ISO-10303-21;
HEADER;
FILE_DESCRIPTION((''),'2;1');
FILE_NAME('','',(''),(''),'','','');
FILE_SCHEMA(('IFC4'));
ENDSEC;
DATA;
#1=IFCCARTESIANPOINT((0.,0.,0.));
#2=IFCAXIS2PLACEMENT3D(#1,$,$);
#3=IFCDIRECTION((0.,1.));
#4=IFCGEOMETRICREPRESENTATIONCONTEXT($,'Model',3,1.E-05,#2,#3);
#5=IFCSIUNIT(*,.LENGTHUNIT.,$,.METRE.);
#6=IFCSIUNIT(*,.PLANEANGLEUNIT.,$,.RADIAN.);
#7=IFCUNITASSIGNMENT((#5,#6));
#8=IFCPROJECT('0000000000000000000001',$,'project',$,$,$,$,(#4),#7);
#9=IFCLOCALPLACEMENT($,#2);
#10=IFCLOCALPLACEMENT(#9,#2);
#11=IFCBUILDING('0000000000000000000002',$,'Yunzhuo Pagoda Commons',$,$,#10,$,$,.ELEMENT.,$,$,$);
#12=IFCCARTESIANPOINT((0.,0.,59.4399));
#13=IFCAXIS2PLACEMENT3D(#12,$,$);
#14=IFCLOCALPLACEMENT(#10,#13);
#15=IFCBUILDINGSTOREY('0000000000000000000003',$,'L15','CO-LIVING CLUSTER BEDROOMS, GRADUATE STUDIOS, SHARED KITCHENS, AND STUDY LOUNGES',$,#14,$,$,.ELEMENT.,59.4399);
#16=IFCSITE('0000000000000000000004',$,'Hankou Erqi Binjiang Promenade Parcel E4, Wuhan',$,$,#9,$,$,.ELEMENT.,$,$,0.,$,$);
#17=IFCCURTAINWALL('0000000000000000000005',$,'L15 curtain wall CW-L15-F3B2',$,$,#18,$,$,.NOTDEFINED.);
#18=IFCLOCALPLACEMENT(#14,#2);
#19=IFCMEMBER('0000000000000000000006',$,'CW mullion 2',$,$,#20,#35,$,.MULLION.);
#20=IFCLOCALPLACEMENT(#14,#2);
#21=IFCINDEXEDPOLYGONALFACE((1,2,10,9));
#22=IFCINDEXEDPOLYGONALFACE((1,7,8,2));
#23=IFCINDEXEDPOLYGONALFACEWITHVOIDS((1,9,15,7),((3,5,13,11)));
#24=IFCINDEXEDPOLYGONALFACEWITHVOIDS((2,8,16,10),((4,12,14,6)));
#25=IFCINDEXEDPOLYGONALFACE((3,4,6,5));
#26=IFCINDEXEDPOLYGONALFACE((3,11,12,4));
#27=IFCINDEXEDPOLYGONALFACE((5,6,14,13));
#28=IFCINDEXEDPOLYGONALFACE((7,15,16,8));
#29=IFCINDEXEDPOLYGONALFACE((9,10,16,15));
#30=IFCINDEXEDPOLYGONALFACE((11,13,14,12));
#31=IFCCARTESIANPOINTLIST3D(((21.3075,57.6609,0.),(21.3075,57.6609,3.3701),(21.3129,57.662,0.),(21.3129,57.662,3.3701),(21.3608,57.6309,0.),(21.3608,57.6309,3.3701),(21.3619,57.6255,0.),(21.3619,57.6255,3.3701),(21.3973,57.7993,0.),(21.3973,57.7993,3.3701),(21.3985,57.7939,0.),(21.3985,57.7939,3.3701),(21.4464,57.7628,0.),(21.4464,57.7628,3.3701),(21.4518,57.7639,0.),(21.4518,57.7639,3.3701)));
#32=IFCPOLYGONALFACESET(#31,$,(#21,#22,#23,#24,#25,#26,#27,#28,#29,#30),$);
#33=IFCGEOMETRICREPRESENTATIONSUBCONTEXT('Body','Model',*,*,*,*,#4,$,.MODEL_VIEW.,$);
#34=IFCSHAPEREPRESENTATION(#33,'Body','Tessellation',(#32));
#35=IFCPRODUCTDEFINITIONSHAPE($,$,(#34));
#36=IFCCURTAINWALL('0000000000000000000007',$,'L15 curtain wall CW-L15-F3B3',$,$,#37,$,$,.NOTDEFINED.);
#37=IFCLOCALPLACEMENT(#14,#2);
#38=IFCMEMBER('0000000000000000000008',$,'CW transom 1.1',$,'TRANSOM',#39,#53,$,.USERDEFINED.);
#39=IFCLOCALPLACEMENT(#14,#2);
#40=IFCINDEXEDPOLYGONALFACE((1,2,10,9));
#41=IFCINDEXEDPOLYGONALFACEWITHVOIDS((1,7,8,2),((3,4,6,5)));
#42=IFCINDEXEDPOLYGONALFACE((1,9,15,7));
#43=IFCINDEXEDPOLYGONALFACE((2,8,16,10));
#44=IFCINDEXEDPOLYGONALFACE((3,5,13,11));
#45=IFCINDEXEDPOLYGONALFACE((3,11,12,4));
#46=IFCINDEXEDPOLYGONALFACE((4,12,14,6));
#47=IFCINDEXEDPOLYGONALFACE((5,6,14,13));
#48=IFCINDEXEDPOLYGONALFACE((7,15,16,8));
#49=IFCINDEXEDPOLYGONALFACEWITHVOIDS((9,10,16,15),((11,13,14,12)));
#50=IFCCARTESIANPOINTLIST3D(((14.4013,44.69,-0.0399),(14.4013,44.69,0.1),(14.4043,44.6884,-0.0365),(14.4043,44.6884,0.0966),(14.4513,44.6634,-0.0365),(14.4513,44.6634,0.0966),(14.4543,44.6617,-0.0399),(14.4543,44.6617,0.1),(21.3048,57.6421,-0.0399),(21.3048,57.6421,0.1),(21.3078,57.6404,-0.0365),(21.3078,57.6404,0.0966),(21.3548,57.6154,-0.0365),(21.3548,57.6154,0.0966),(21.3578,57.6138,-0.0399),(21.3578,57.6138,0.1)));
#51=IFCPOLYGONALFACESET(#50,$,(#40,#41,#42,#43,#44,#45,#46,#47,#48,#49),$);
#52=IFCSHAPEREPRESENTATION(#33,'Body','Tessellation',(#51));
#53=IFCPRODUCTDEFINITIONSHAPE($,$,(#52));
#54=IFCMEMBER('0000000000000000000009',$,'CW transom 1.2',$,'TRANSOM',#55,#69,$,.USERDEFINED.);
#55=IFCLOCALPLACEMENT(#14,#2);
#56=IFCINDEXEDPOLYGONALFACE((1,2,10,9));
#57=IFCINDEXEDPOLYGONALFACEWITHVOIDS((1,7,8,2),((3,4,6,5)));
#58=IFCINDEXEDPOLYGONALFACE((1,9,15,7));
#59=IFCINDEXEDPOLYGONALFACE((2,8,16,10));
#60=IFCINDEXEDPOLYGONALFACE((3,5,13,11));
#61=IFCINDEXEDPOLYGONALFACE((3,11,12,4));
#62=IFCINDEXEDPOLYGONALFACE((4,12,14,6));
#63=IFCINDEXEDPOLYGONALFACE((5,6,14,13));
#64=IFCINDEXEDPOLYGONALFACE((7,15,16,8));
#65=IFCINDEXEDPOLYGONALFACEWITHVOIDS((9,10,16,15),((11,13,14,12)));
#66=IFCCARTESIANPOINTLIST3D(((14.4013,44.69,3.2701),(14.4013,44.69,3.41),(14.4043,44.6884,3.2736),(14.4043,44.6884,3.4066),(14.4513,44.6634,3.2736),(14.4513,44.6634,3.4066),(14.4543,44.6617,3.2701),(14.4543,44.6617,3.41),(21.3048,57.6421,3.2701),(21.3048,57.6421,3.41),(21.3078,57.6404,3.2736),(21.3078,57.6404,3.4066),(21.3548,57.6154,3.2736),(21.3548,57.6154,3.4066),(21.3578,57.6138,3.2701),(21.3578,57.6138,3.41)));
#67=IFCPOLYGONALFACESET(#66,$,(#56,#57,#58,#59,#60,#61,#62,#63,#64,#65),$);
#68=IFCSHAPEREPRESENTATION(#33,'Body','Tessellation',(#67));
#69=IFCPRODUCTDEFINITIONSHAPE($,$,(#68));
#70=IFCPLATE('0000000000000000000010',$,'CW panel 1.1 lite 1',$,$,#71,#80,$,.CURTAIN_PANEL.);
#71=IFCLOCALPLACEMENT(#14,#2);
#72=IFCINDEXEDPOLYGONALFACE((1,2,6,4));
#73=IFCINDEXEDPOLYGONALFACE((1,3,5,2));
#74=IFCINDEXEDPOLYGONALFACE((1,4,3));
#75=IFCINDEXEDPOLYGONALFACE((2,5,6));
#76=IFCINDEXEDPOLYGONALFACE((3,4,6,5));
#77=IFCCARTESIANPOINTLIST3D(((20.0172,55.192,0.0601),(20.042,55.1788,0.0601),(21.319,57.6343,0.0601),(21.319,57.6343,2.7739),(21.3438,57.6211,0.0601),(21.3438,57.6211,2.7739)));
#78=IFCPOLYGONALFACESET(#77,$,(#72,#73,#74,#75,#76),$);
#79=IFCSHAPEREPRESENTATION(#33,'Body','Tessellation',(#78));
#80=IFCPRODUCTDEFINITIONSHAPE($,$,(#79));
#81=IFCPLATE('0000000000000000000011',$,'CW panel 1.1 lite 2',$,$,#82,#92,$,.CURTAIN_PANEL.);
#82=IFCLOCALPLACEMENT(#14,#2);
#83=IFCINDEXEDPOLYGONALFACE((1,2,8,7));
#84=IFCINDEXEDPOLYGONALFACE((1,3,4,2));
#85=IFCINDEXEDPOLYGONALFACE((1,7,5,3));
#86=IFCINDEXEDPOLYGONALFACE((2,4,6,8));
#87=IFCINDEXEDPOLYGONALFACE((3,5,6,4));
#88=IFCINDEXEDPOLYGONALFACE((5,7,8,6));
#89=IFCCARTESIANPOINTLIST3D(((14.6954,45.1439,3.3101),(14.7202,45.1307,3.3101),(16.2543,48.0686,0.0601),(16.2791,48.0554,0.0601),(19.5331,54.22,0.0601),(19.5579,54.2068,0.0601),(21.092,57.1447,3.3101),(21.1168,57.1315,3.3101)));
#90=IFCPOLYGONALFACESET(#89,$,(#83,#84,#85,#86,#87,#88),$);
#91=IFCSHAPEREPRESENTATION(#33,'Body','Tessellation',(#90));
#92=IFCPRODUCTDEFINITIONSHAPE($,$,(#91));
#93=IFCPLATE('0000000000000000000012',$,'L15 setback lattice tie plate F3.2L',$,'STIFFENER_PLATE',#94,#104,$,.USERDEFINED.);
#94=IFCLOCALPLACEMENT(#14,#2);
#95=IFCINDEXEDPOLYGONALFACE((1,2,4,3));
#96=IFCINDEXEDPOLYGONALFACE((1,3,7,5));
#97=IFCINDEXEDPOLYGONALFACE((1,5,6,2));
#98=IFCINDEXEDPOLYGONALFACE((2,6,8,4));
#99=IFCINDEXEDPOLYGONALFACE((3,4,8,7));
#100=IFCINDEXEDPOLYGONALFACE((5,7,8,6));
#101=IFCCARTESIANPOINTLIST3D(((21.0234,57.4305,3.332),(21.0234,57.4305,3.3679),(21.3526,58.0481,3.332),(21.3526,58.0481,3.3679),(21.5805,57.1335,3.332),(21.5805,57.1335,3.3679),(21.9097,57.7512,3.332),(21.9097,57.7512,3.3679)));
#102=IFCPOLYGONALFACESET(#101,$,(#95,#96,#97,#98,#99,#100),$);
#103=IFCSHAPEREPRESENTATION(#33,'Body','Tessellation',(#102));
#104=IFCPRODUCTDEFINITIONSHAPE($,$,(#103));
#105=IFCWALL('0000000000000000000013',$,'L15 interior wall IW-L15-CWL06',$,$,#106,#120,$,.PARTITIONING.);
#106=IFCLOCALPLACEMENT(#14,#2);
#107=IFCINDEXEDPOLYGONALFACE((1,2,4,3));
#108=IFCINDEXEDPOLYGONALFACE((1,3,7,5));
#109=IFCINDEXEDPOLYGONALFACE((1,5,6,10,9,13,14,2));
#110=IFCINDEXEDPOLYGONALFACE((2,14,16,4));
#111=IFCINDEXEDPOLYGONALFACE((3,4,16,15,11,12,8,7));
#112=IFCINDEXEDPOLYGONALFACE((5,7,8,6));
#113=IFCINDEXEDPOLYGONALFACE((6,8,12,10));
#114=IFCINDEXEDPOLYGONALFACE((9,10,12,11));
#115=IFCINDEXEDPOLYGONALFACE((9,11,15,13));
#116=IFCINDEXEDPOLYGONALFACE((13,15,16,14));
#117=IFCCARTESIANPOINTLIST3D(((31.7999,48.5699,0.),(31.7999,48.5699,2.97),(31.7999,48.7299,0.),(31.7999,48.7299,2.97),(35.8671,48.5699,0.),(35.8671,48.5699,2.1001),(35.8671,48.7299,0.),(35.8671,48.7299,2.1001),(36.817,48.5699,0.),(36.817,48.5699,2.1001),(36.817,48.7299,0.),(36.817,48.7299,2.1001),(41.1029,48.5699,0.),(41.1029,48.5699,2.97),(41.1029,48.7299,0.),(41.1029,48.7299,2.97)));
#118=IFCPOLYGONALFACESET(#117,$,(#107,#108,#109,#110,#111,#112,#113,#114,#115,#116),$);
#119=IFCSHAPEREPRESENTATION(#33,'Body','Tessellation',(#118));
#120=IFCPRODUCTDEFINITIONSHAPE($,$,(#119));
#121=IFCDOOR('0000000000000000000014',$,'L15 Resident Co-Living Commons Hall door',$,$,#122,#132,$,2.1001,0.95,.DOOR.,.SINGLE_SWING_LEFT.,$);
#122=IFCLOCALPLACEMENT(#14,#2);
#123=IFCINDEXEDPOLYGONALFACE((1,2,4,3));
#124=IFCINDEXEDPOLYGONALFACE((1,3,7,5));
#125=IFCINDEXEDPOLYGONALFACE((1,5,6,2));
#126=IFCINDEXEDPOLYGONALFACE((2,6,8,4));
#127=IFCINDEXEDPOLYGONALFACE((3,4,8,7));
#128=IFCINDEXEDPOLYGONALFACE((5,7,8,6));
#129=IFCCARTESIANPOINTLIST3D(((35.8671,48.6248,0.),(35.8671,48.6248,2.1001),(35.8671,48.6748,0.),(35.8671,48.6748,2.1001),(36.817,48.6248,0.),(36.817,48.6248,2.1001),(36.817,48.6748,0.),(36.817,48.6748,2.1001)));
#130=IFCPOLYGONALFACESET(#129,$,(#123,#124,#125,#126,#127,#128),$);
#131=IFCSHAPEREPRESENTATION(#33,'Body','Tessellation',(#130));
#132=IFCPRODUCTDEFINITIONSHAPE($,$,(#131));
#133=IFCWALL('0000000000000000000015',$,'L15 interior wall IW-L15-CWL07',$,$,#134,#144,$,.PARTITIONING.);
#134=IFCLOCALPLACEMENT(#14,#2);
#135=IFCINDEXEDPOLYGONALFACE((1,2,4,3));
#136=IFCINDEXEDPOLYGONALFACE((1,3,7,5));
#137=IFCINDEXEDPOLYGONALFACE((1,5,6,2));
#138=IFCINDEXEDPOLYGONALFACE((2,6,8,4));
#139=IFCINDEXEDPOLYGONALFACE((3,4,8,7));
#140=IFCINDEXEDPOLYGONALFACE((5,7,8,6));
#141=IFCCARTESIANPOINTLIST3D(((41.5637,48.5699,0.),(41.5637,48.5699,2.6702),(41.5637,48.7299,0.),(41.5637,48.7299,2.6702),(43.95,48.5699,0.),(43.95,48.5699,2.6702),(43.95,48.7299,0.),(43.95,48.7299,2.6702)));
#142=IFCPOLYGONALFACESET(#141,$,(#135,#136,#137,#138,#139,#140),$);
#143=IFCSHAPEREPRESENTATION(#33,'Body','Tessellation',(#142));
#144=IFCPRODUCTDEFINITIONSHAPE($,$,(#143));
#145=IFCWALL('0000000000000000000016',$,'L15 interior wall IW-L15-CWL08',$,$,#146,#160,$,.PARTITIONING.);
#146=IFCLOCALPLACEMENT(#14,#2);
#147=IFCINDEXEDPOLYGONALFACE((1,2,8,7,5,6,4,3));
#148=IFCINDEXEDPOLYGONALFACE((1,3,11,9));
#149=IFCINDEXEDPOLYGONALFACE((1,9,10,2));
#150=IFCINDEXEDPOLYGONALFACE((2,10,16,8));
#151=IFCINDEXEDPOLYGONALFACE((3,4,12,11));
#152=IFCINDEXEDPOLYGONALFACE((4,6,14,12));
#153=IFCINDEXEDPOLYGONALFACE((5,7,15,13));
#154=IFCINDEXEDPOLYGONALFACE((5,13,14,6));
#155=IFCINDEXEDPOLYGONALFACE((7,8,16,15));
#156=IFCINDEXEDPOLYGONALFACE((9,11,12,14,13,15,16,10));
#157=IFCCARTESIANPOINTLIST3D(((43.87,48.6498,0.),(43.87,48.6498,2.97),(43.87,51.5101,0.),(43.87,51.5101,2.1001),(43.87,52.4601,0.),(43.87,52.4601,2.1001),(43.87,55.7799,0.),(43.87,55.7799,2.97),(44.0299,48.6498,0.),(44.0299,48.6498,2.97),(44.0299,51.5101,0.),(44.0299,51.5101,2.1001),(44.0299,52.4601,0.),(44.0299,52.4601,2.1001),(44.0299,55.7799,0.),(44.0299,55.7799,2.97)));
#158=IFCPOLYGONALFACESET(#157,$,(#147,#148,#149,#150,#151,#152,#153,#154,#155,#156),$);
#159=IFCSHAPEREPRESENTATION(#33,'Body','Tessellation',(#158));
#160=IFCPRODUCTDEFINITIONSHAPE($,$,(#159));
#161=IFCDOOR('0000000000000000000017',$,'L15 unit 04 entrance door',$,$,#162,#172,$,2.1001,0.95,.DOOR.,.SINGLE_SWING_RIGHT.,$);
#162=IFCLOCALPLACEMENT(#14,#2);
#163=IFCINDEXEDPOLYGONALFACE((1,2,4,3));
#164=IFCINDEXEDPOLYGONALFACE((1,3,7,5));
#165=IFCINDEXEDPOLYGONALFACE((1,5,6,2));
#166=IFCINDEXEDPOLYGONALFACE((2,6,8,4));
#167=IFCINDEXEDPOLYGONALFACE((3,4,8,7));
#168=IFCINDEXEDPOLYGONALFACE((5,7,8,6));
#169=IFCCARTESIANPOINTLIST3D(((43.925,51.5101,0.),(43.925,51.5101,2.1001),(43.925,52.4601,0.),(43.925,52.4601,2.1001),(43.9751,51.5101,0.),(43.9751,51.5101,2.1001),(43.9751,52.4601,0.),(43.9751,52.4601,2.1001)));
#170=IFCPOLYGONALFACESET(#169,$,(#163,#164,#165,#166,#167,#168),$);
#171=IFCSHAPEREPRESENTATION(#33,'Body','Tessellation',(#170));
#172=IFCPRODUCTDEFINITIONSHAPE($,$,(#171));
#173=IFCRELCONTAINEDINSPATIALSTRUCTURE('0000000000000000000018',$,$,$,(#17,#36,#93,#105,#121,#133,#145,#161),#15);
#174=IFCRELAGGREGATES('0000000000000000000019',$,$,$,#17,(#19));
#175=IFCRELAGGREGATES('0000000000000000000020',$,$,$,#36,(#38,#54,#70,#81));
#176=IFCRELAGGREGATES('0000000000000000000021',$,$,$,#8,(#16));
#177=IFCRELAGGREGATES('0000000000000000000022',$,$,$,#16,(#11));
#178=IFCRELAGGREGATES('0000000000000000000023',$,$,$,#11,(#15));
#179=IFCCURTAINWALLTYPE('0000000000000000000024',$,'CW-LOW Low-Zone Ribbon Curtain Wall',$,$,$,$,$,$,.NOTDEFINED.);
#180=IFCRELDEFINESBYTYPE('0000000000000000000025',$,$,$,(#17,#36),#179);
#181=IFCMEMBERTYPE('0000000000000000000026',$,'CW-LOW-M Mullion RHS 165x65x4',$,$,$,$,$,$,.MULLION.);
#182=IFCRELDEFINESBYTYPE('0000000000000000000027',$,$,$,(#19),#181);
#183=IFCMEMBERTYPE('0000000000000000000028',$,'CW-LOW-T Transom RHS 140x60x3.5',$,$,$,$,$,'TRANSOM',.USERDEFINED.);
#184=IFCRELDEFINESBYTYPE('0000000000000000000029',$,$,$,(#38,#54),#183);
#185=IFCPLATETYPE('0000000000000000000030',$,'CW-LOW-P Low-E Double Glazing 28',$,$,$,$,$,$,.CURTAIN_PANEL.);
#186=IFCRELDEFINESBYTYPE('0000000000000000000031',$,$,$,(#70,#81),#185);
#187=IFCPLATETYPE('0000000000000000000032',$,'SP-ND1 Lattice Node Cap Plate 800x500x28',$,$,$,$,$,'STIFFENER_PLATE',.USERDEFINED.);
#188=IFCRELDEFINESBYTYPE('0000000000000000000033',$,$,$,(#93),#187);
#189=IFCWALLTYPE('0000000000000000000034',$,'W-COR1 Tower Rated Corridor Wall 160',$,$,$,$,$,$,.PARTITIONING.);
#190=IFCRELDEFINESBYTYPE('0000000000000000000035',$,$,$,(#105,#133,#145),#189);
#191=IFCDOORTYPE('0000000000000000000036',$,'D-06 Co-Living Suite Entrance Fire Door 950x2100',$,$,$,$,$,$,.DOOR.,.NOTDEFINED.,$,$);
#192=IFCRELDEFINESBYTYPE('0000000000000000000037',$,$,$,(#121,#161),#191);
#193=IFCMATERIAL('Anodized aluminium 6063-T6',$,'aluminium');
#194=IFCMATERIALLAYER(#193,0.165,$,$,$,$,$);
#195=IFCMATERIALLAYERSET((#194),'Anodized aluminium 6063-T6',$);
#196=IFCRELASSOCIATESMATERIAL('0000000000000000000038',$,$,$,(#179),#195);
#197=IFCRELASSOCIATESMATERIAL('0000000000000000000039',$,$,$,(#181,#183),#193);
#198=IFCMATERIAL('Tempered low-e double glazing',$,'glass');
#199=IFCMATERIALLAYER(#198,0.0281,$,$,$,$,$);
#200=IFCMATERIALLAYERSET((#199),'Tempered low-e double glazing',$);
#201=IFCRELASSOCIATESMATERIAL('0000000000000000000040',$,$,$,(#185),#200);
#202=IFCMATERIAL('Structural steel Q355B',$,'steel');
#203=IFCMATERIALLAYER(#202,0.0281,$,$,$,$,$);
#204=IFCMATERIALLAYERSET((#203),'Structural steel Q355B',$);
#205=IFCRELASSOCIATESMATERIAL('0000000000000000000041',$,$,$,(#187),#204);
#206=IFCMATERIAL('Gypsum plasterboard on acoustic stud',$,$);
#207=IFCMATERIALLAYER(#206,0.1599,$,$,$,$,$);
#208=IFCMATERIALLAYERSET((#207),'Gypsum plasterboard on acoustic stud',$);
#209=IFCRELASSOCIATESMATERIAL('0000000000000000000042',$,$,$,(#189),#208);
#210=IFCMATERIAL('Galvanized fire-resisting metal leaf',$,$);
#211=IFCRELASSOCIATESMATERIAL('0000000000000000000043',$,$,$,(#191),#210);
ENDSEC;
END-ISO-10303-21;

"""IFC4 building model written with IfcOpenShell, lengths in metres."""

from ifc_helpers import new_model, si_unit, direction, frame, frame_2d, origin, origin_with_axes, origin_2d, place, context, subcontext, project, spatial, polyline, rectangle, hollow_rectangle, outline, extrude, source, transform, mapped, material, layer, layer_set, material_profile, profile_set, type_object, element, fill, aggregate, save


model = new_model("IFC4")

# Units and contexts
model_context = context("Model", 3, precision=1e-05, world=origin(), true_north=direction((0.0, 1.0)))
body_context = subcontext(model_context, "Body", "Model", "MODEL_VIEW")
ifc_project = project(units=[si_unit("LENGTHUNIT", "METRE"), si_unit("PLANEANGLEUNIT", "RADIAN")], contexts=[model_context])

# Site, building, storey
site_placement = place(None, origin())
site = spatial("IfcSite", under=ifc_project, at=site_placement, Name="Hankou Erqi Binjiang Promenade Parcel E4, Wuhan", CompositionType="ELEMENT", RefElevation=0.0)
building_placement = place(site_placement, origin())
building = spatial("IfcBuilding", under=site, at=building_placement, Name="Yunzhuo Pagoda Commons", CompositionType="ELEMENT")
storey_placement = place(building_placement, frame((0.0, 0.0, 59.4399)))
storey = spatial("IfcBuildingStorey", under=building, at=storey_placement, Name="L15", Description="CO-LIVING CLUSTER BEDROOMS, GRADUATE STUDIOS, SHARED KITCHENS, AND STUDY LOUNGES", CompositionType="ELEMENT", Elevation=59.4399)

# Shared definitions
ifc_material_1 = material(Name="Structural steel Q355B", Category="steel")

# Curtain wall, member
ifc_material_2 = material(Name="Anodized aluminium 6063-T6", Category="aluminium")
ifc_layer_1 = layer(ifc_material_2, 0.165)
ifc_layer_set_1 = layer_set([ifc_layer_1], Name="Anodized aluminium 6063-T6")
curtain_wall_type = type_object("IfcCurtainWallType", Name="CW-LOW Low-Zone Ribbon Curtain Wall", PredefinedType="NOTDEFINED", material=ifc_layer_set_1)
curtain_wall_1_placement = place(storey_placement, origin())
curtain_wall_1 = element("IfcCurtainWall", 1, at=curtain_wall_1_placement, inside=storey, type_object=curtain_wall_type, Name="L15 curtain wall CW-L15-F3B2", PredefinedType="NOTDEFINED")
ifc_material_profile_1 = material_profile(ifc_material_2, hollow_rectangle(XDim=0.0649, YDim=0.165, WallThickness=0.0039, at=origin_2d()), Name="Anodized aluminium 6063-T6")
ifc_profile_set_1 = profile_set([ifc_material_profile_1], Name="Anodized aluminium 6063-T6")
member_type_1 = type_object("IfcMemberType", Name="CW-LOW-M Mullion RHS 165x65x4", PredefinedType="MULLION", material=ifc_profile_set_1)
shared_shape_1 = source(origin(), body_context, "Body", "SweptSolid", [
    extrude(hollow_rectangle(XDim=0.0649, YDim=0.165, WallThickness=0.0039, at=origin_2d()), origin(), (0.0, 0.0, 1.0), 3.3701),
])
member_1_placement = place(storey_placement, frame((21.3796, 57.7124, 0.0), z_axis=(0.0, 0.0, 1.0), x_axis=(0.838777, -0.544476, 0.0)))
member_1 = element("IfcMember", 2, at=member_1_placement, type_object=member_type_1, Name="CW mullion 2", PredefinedType="MULLION", context=body_context, shape_type="MappedRepresentation", body=[
    mapped(shared_shape_1, transform((0.0, 0.0, 0.0), scale=1.0)),
])
aggregate(curtain_wall_1, [member_1])

# Curtain wall, members, plates
curtain_wall_2_placement = place(storey_placement, origin())
curtain_wall_2 = element("IfcCurtainWall", 3, at=curtain_wall_2_placement, inside=storey, type_object=curtain_wall_type, Name="L15 curtain wall CW-L15-F3B3", PredefinedType="NOTDEFINED")
ifc_material_profile_2 = material_profile(ifc_material_2, hollow_rectangle(XDim=0.0601, YDim=0.1399, WallThickness=0.0034, at=origin_2d()), Name="Anodized aluminium 6063-T6")
ifc_profile_set_2 = profile_set([ifc_material_profile_2], Name="Anodized aluminium 6063-T6")
member_type_2 = type_object("IfcMemberType", Name="CW-LOW-T Transom RHS 140x60x3.5", ElementType="TRANSOM", PredefinedType="USERDEFINED", material=ifc_profile_set_2)
shared_shape_2 = source(origin(), body_context, "Body", "SweptSolid", [
    extrude(hollow_rectangle(XDim=0.0601, YDim=0.1399, WallThickness=0.0034, at=origin_2d()), origin(), (0.0, 0.0, 1.0), 14.677),
])
member_2_placement = place(storey_placement, frame((21.3313, 57.6279, 0.03), z_axis=(-0.470363, -0.882473, 0.0), x_axis=(0.882473, -0.470363, 0.0)))
member_2 = element("IfcMember", 4, at=member_2_placement, type_object=member_type_2, Name="CW transom 1.1", ObjectType="TRANSOM", PredefinedType="USERDEFINED", context=body_context, shape_type="MappedRepresentation", body=[
    mapped(shared_shape_2, transform((0.0, 0.0, 0.0), scale=1.0)),
])
member_3_placement = place(storey_placement, frame((21.3313, 57.6279, 3.3401), z_axis=(-0.470363, -0.882473, 0.0), x_axis=(0.882473, -0.470363, 0.0)))
member_3 = element("IfcMember", 5, at=member_3_placement, type_object=member_type_2, Name="CW transom 1.2", ObjectType="TRANSOM", PredefinedType="USERDEFINED", context=body_context, shape_type="MappedRepresentation", body=[
    mapped(shared_shape_2, transform((0.0, 0.0, 0.0), scale=1.0)),
])
ifc_material_3 = material(Name="Tempered low-e double glazing", Category="glass")
ifc_layer_2 = layer(ifc_material_3, 0.0281)
ifc_layer_set_2 = layer_set([ifc_layer_2], Name="Tempered low-e double glazing")
plate_type_1 = type_object("IfcPlateType", Name="CW-LOW-P Low-E Double Glazing 28", PredefinedType="CURTAIN_PANEL", material=ifc_layer_set_2)
plate_1_placement = place(storey_placement, frame((20.6929, 56.3999, 1.417), z_axis=(-0.88247, 0.470369, 0.0), x_axis=(-0.470369, -0.88247, 0.0)))
plate_1 = element("IfcPlate", 6, at=plate_1_placement, type_object=plate_type_1, Name="CW panel 1.1 lite 1", PredefinedType="CURTAIN_PANEL", context=body_context, shape_type="SweptSolid", body=[
    extrude(outline(polyline([(-1.3838, -1.3569), (1.3838, -1.3569), (-1.3838, 1.3569), (-1.3838, -1.3569)])), origin(), (0.0, 0.0, 1.0), 0.0281),
])
plate_2_placement = place(storey_placement, frame((17.9185, 51.1311, 1.6851), z_axis=(-0.88247, 0.470369, 0.0), x_axis=(-0.470369, -0.88247, 0.0)))
plate_2 = element("IfcPlate", 7, at=plate_2_placement, type_object=plate_type_1, Name="CW panel 1.1 lite 2", PredefinedType="CURTAIN_PANEL", context=body_context, shape_type="SweptSolid", body=[
    extrude(outline(polyline([(-6.7996, 1.625), (-3.4854, -1.625), (3.4854, -1.625), (6.7996, 1.625), (-6.7996, 1.625)])), origin(), (0.0, 0.0, 1.0), 0.0281),
])
aggregate(curtain_wall_2, [member_2, member_3, plate_1, plate_2])

# Plate
ifc_layer_3 = layer(ifc_material_1, 0.0281)
ifc_layer_set_3 = layer_set([ifc_layer_3], Name="Structural steel Q355B")
plate_type_2 = type_object("IfcPlateType", Name="SP-ND1 Lattice Node Cap Plate 800x500x28", ElementType="STIFFENER_PLATE", PredefinedType="USERDEFINED", material=ifc_layer_set_3)
shared_shape_3 = source(origin(), body_context, "Body", "SweptSolid", [
    extrude(rectangle(XDim=0.7, YDim=0.6313, at=origin_2d()), origin(), (0.0, 0.0, 1.0), 0.0359),
])
plate_3_placement = place(storey_placement, frame((21.4666, 57.5908, 3.332), z_axis=(0.0, 0.0, 1.0), x_axis=(-0.470365, -0.882472, 0.0)))
element("IfcPlate", 8, at=plate_3_placement, inside=storey, type_object=plate_type_2, Name="L15 setback lattice tie plate F3.2L", ObjectType="STIFFENER_PLATE", PredefinedType="USERDEFINED", context=body_context, shape_type="MappedRepresentation", body=[
    mapped(shared_shape_3, transform((0.0, 0.0, 0.0), scale=1.0)),
])

# Wall, opening, door
ifc_material_4 = material(Name="Gypsum plasterboard on acoustic stud")
ifc_layer_4 = layer(ifc_material_4, 0.1599)
ifc_layer_set_4 = layer_set([ifc_layer_4], Name="Gypsum plasterboard on acoustic stud")
wall_type_1 = type_object("IfcWallType", Name="W-COR1 Tower Rated Corridor Wall 160", PredefinedType="PARTITIONING", material=ifc_layer_set_4)
wall_1_placement = place(storey_placement, frame((31.8, 48.6499, 0.0), z_axis=(0.0, 0.0, 1.0), x_axis=(1.0, 0.0, 0.0)))
wall_1 = element("IfcWall", 9, at=wall_1_placement, inside=storey, type_object=wall_type_1, Name="L15 interior wall IW-L15-CWL06", PredefinedType="PARTITIONING", context=body_context, shape_type="SweptSolid", body=[
    extrude(rectangle(XDim=9.303, YDim=0.1599, at=frame_2d((4.6514, 0.0))), origin(), (0.0, 0.0, 1.0), 2.97),
])
opening_1_placement = place(wall_1_placement, frame((4.0669, 0.0, 0.0)))
opening_1 = element("IfcOpeningElement", 10, at=opening_1_placement, cuts=wall_1, PredefinedType="OPENING", context=body_context, shape_type="SweptSolid", body=[
    extrude(rectangle(XDim=0.95, YDim=2.1001, at=frame_2d((0.4751, 1.05))), frame((0.0, 0.0898, 0.0), z_axis=(0.0, -1.0, 0.0), x_axis=(1.0, 0.0, 0.0)), (0.0, 0.0, 1.0), 0.1799),
])
ifc_material_5 = material(Name="Galvanized fire-resisting metal leaf")
door_type_1 = type_object("IfcDoorType", Name="D-06 Co-Living Suite Entrance Fire Door 950x2100", OperationType="NOTDEFINED", PredefinedType="DOOR", material=ifc_material_5)
shared_shape_4 = source(origin(), body_context, "Body", "SweptSolid", [
    extrude(rectangle(XDim=0.95, YDim=2.1001, at=frame_2d((0.4751, 1.05))), frame((0.0, 0.0249, 0.0), z_axis=(0.0, -1.0, 0.0), x_axis=(1.0, 0.0, 0.0)), (0.0, 0.0, 1.0), 0.05),
])
door_1_placement = place(opening_1_placement, origin_with_axes())
door_1 = element("IfcDoor", 11, at=door_1_placement, inside=storey, type_object=door_type_1, Name="L15 Resident Co-Living Commons Hall door", OperationType="SINGLE_SWING_LEFT", OverallHeight=2.1001, OverallWidth=0.95, PredefinedType="DOOR", context=body_context, shape_type="MappedRepresentation", body=[
    mapped(shared_shape_4, transform((0.0, 0.0, 0.0), scale=1.0)),
])
fill(opening_1, door_1)

# Wall
wall_2_placement = place(storey_placement, frame((41.5637, 48.6499, 0.0), z_axis=(0.0, 0.0, 1.0), x_axis=(1.0, 0.0, 0.0)))
element("IfcWall", 12, at=wall_2_placement, inside=storey, type_object=wall_type_1, Name="L15 interior wall IW-L15-CWL07", PredefinedType="PARTITIONING", context=body_context, shape_type="SweptSolid", body=[
    extrude(rectangle(XDim=2.3862, YDim=0.1599, at=frame_2d((1.1931, 0.0))), origin(), (0.0, 0.0, 1.0), 2.6702),
])

# Wall, opening, door
wall_3_placement = place(storey_placement, frame((43.95, 48.6499, 0.0), z_axis=(0.0, 0.0, 1.0), x_axis=(0.0, 1.0, 0.0)))
wall_3 = element("IfcWall", 13, at=wall_3_placement, inside=storey, type_object=wall_type_1, Name="L15 interior wall IW-L15-CWL08", PredefinedType="PARTITIONING", context=body_context, shape_type="SweptSolid", body=[
    extrude(rectangle(XDim=7.1301, YDim=0.1599, at=frame_2d((3.5649, 0.0))), origin(), (0.0, 0.0, 1.0), 2.97),
])
opening_2_placement = place(wall_3_placement, frame((2.8601, 0.0, 0.0)))
opening_2 = element("IfcOpeningElement", 14, at=opening_2_placement, cuts=wall_3, PredefinedType="OPENING", context=body_context, shape_type="SweptSolid", body=[
    extrude(rectangle(XDim=0.95, YDim=2.1001, at=frame_2d((0.4751, 1.05))), frame((0.0, 0.0898, 0.0), z_axis=(0.0, -1.0, 0.0), x_axis=(1.0, 0.0, 0.0)), (0.0, 0.0, 1.0), 0.1799),
])
door_2_placement = place(opening_2_placement, origin_with_axes())
door_2 = element("IfcDoor", 15, at=door_2_placement, inside=storey, type_object=door_type_1, Name="L15 unit 04 entrance door", OperationType="SINGLE_SWING_RIGHT", OverallHeight=2.1001, OverallWidth=0.95, PredefinedType="DOOR", context=body_context, shape_type="MappedRepresentation", body=[
    mapped(shared_shape_4, transform((0.0, 0.0, 0.0), scale=1.0)),
])
fill(opening_2, door_2)

save(model, "model.ifc")
